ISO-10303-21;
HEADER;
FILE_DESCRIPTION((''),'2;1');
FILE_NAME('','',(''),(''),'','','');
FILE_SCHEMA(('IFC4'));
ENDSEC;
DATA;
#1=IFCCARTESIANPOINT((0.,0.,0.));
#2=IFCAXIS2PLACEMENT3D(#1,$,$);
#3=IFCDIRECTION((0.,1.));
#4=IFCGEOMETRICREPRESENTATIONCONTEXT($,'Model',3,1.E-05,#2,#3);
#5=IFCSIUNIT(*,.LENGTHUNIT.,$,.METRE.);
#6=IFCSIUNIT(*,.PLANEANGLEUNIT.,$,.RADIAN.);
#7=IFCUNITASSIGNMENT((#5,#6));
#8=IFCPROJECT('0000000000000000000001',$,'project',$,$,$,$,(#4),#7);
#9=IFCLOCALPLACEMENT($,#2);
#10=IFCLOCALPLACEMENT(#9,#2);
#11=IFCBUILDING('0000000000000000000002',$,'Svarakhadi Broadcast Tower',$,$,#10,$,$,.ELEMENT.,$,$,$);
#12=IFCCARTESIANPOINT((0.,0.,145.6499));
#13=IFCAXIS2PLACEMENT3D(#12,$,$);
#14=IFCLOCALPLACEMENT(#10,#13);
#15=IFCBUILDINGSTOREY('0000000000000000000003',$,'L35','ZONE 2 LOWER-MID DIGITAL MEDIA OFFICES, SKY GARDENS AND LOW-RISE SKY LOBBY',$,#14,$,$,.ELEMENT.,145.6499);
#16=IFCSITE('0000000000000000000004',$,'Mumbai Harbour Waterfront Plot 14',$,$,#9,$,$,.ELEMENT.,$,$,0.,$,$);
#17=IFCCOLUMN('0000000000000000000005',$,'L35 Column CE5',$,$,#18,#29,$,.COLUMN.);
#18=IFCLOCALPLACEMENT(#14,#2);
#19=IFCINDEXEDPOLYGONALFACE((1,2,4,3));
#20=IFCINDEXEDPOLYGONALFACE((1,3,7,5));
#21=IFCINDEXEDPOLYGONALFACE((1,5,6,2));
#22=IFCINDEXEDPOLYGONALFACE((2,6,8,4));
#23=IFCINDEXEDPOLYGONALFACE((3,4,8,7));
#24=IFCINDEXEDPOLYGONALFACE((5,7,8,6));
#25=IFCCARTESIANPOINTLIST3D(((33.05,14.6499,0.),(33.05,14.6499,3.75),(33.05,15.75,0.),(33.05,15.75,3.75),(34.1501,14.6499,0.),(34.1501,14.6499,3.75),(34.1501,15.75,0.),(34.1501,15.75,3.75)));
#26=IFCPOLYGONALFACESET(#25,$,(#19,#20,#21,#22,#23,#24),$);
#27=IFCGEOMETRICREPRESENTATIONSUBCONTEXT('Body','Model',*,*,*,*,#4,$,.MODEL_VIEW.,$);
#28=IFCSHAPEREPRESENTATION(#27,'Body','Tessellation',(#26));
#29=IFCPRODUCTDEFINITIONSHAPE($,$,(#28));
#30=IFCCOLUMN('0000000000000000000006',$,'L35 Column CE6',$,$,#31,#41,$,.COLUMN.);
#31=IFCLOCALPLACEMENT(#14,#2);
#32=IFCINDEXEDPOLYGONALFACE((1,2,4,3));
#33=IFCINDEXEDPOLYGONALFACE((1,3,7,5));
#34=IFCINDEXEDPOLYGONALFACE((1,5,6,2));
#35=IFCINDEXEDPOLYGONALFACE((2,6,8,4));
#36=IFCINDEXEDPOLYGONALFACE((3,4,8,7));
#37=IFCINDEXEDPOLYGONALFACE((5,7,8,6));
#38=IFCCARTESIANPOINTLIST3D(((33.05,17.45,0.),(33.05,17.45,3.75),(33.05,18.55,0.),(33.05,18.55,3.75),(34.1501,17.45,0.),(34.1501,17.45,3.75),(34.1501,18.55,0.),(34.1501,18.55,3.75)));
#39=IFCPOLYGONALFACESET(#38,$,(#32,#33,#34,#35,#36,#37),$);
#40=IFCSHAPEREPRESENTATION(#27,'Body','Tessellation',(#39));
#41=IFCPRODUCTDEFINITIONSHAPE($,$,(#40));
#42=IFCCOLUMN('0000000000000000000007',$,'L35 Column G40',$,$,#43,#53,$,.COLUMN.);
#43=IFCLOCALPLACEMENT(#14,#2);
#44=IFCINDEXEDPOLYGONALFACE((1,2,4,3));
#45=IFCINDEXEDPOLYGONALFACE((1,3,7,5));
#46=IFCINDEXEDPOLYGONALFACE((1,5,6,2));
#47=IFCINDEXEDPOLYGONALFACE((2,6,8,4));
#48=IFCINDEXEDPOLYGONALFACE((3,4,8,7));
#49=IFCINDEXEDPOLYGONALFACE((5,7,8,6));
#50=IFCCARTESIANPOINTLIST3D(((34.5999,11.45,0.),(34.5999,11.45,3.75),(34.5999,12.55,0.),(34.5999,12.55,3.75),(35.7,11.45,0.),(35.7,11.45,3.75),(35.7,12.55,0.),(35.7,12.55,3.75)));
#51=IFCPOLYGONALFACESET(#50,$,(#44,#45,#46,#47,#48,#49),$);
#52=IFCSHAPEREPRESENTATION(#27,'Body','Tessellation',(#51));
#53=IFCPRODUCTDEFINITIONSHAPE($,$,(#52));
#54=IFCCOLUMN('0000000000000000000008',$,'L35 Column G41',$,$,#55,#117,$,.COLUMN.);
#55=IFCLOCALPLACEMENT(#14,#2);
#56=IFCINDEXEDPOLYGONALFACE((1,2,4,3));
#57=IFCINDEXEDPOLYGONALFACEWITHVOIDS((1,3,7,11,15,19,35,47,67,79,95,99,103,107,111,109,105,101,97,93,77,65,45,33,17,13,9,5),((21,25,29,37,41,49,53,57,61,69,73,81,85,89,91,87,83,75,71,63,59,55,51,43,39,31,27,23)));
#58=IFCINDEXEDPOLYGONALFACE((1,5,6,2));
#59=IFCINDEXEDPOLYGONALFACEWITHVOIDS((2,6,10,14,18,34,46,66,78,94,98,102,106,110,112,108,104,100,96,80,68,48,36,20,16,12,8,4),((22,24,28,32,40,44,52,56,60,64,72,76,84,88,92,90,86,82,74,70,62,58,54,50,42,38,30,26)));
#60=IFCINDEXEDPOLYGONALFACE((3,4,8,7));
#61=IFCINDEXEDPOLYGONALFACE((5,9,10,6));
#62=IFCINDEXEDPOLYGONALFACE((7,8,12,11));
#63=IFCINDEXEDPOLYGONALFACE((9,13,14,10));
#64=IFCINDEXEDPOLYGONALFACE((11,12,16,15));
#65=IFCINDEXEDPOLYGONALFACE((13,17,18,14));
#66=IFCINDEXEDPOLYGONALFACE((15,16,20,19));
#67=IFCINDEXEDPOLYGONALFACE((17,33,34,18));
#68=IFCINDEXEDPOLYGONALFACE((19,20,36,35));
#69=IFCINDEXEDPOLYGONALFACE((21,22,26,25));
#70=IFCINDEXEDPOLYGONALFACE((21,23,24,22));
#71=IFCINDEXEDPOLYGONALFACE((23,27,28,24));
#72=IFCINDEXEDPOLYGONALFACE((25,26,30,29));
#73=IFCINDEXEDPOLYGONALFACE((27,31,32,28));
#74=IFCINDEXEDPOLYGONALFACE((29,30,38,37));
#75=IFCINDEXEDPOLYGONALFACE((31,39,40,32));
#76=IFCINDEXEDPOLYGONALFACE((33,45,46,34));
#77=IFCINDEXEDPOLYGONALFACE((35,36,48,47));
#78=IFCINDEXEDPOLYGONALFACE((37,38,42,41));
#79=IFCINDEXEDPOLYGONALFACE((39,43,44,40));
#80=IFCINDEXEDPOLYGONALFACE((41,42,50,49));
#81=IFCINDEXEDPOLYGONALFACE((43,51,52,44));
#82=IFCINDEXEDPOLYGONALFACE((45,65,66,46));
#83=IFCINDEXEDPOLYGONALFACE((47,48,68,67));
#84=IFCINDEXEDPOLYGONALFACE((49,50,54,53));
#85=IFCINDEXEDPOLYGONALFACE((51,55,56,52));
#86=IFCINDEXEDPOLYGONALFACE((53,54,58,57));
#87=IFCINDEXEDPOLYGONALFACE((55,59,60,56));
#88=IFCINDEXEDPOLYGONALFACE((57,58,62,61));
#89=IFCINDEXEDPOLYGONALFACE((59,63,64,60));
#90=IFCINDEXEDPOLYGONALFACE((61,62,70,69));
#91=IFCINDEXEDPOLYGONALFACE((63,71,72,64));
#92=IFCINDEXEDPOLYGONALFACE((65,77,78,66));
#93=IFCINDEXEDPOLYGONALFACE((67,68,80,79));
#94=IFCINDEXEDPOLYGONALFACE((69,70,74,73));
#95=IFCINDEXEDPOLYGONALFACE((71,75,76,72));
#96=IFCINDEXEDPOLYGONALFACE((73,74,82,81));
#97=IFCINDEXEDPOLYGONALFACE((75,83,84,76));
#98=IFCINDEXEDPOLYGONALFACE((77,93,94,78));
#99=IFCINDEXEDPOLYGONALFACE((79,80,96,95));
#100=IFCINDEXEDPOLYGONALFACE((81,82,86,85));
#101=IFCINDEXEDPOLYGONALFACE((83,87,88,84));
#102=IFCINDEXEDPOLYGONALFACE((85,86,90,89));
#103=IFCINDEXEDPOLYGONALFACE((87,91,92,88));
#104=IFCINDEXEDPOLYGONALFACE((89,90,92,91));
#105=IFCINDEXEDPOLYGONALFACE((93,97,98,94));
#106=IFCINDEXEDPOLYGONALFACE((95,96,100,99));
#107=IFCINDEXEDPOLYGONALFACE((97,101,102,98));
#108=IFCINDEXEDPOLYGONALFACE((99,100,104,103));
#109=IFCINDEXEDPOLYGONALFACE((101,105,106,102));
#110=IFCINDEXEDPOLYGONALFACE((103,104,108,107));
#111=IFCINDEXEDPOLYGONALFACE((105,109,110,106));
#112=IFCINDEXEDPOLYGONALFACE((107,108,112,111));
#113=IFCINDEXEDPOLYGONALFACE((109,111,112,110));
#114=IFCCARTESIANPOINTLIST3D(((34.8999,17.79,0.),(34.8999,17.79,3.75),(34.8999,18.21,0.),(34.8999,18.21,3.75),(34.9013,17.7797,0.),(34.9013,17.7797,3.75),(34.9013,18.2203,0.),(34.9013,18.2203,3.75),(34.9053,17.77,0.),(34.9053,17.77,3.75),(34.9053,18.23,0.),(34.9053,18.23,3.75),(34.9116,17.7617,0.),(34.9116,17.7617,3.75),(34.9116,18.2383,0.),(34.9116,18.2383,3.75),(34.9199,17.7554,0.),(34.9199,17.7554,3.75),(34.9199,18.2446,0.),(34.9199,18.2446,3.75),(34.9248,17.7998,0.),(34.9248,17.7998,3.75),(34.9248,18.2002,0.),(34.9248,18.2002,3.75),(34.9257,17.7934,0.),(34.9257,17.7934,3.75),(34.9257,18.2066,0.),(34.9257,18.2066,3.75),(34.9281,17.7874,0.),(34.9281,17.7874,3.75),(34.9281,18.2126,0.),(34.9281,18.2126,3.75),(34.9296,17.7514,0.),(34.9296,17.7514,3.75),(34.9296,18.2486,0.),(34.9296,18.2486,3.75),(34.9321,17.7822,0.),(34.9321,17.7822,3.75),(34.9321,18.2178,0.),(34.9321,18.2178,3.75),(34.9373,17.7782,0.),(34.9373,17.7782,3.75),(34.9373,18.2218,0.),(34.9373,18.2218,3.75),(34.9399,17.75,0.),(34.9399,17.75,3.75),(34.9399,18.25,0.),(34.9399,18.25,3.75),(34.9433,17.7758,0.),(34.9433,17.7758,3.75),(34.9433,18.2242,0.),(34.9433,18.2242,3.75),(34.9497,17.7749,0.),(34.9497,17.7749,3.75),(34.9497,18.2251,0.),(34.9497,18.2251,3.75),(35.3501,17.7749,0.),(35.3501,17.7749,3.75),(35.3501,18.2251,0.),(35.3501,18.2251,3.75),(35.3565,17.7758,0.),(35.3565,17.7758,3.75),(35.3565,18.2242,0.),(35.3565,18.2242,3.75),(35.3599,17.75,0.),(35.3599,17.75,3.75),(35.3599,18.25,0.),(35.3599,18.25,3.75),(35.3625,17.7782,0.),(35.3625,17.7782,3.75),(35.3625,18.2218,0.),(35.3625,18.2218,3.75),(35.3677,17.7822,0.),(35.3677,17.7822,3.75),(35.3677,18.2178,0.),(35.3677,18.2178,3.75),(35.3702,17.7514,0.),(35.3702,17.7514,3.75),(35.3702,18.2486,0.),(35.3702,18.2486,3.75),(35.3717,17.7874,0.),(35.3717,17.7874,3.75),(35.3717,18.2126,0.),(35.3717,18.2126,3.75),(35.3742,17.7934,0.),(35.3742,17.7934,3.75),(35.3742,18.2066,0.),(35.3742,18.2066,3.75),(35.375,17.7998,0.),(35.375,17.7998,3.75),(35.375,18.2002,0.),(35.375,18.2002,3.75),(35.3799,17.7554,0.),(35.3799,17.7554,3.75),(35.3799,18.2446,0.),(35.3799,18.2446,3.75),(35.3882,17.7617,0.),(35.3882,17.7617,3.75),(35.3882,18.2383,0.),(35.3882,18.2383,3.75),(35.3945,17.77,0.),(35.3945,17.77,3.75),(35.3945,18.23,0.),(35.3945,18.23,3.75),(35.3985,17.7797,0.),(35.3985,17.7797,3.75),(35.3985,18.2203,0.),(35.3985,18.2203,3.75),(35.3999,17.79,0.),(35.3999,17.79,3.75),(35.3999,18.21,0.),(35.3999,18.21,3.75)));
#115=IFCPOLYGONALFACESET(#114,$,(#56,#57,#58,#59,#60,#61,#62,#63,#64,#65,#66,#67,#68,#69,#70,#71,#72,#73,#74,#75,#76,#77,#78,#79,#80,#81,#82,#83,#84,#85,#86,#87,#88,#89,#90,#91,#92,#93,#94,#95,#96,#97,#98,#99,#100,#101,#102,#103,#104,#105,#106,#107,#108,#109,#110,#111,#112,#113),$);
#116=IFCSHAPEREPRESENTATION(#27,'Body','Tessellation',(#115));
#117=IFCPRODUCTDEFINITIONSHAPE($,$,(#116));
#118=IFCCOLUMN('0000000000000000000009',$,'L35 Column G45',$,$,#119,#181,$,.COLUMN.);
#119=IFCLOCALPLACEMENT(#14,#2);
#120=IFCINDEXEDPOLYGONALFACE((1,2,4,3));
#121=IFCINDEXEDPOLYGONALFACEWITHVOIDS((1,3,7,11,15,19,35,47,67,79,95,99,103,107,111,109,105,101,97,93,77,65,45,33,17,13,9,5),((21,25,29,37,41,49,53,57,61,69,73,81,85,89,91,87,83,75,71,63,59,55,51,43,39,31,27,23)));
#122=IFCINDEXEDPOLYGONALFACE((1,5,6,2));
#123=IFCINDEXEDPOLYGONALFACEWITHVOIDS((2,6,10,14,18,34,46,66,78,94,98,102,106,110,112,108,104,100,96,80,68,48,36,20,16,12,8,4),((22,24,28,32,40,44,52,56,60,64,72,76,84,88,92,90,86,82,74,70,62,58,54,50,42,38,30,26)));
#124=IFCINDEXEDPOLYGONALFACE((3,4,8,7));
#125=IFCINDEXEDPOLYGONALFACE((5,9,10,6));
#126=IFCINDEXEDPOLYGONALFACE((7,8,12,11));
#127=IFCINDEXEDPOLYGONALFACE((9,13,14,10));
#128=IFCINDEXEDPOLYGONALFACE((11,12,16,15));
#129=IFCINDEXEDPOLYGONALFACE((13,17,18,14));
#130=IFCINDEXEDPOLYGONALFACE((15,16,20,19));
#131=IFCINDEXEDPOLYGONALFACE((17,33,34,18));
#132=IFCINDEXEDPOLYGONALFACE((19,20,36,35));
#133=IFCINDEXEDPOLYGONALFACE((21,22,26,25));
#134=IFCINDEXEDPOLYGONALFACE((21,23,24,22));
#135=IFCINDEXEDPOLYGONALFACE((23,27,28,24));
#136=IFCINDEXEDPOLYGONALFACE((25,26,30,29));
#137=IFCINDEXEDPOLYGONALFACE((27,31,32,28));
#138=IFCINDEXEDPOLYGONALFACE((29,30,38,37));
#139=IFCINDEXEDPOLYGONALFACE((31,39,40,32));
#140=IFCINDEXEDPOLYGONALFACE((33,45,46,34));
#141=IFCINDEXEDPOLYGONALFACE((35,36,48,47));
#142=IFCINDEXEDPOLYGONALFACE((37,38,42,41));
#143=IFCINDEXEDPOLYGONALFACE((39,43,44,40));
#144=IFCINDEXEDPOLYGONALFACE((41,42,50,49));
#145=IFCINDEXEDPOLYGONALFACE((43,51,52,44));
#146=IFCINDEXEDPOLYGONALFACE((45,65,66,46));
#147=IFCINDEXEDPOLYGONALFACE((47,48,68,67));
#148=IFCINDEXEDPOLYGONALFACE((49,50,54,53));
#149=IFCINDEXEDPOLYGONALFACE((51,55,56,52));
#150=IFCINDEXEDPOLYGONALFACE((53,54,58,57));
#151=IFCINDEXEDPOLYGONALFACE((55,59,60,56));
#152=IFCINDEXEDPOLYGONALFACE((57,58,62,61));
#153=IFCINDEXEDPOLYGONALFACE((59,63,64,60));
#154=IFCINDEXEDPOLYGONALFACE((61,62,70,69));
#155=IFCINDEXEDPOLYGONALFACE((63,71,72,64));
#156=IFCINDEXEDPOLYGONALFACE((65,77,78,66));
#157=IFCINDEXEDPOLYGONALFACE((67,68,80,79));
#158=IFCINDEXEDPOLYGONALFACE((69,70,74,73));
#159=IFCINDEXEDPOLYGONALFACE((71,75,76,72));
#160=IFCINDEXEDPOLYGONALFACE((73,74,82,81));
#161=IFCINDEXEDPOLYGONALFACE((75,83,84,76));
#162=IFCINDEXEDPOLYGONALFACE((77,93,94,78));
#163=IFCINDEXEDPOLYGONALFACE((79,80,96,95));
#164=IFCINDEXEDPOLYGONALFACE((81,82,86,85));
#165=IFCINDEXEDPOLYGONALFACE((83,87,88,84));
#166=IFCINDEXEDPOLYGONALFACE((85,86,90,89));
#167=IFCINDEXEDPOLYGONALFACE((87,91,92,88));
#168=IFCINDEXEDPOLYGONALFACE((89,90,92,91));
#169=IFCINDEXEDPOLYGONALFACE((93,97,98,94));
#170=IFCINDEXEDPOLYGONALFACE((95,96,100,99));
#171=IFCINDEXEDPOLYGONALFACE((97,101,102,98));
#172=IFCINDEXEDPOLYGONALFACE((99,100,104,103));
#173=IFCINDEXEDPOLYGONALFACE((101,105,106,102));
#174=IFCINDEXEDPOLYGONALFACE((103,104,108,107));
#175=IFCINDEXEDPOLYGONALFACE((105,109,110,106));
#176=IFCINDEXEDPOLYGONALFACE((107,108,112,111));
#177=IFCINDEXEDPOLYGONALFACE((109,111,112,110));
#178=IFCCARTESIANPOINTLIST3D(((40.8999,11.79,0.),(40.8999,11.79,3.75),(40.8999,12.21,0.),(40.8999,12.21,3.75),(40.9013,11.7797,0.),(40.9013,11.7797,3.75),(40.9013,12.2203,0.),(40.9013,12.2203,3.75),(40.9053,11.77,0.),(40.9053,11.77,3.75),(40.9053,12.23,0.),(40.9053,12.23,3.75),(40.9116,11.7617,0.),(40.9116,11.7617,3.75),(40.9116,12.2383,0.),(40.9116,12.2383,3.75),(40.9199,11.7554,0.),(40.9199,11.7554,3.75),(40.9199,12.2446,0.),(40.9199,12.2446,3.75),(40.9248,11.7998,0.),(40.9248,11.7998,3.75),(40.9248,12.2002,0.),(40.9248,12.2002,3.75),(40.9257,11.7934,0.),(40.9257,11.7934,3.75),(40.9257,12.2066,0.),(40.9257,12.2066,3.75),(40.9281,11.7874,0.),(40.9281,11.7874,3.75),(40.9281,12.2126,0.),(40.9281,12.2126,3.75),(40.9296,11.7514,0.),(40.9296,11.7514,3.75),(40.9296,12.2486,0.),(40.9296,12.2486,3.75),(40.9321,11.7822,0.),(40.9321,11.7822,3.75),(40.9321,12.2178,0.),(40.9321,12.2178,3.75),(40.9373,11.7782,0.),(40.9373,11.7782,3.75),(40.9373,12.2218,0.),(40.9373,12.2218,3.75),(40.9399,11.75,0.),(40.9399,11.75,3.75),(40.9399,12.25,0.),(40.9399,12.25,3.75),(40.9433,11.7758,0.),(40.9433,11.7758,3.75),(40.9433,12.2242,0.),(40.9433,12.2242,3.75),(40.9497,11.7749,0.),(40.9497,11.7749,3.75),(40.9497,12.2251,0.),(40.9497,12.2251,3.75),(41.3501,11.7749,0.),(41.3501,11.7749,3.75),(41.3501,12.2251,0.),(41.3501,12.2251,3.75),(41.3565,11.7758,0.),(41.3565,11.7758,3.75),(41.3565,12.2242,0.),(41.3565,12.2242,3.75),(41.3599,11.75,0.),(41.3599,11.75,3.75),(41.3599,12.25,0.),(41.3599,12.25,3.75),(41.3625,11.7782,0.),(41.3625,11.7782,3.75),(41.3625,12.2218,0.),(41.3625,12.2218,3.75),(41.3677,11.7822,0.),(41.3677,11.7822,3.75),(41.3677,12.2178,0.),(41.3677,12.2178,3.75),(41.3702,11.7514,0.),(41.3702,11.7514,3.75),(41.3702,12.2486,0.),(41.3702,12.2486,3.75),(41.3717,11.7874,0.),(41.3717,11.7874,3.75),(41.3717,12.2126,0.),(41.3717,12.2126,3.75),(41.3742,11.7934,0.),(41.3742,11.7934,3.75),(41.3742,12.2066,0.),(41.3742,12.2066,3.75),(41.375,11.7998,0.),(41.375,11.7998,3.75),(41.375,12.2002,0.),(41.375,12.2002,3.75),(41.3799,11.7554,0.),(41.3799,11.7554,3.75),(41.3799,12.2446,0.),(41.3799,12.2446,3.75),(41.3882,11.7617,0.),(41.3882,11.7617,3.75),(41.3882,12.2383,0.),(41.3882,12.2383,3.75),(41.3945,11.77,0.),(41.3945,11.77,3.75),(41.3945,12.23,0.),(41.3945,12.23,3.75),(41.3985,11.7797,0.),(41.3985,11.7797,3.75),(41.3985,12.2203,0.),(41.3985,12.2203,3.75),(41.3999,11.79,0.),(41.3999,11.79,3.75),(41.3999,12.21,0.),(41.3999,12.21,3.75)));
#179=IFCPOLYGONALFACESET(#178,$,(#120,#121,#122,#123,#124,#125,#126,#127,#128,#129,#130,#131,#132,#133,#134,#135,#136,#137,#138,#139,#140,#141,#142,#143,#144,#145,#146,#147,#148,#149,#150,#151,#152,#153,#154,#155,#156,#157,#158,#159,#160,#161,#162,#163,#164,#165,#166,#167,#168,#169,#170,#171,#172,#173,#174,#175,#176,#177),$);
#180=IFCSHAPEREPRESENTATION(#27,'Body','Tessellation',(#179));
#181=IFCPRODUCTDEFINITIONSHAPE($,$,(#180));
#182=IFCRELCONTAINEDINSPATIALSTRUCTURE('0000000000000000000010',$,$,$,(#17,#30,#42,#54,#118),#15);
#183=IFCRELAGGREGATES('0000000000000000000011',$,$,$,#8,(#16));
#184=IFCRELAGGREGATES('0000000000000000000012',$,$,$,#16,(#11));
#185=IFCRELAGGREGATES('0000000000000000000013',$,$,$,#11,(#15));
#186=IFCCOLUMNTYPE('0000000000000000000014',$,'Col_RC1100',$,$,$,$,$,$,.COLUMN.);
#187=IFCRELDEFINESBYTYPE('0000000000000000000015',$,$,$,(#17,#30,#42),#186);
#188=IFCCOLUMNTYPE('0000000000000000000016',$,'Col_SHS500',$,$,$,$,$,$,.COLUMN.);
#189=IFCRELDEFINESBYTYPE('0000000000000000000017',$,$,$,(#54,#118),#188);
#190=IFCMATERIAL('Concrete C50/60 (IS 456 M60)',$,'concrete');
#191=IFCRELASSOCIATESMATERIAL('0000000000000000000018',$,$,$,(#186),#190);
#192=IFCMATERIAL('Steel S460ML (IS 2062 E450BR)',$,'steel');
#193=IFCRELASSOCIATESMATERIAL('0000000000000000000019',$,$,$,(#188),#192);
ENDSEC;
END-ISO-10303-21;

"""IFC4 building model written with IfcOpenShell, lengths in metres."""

from ifc_helpers import new_model, si_unit, direction, frame, origin, origin_2d, place, context, subcontext, project, spatial, rectangle, hollow_rectangle, extrude, material, material_profile, profile_set, type_object, element, save


model = new_model("IFC4")

# Units and contexts
model_context = context("Model", 3, precision=1e-05, world=origin(), true_north=direction((0.0, 1.0)))
body_context = subcontext(model_context, "Body", "Model", "MODEL_VIEW")
ifc_project = project(units=[si_unit("LENGTHUNIT", "METRE"), si_unit("PLANEANGLEUNIT", "RADIAN")], contexts=[model_context])

# Site, building, storey
site_placement = place(None, origin())
site = spatial("IfcSite", under=ifc_project, at=site_placement, Name="Mumbai Harbour Waterfront Plot 14", CompositionType="ELEMENT", RefElevation=0.0)
building_placement = place(site_placement, origin())
building = spatial("IfcBuilding", under=site, at=building_placement, Name="Svarakhadi Broadcast Tower", CompositionType="ELEMENT")
storey_placement = place(building_placement, frame((0.0, 0.0, 145.6499)))
storey = spatial("IfcBuildingStorey", under=building, at=storey_placement, Name="L35", Description="ZONE 2 LOWER-MID DIGITAL MEDIA OFFICES, SKY GARDENS AND LOW-RISE SKY LOBBY", CompositionType="ELEMENT", Elevation=145.6499)

# Columns
ifc_material_1 = material(Name="Concrete C50/60 (IS 456 M60)", Category="concrete")
ifc_material_profile_1 = material_profile(ifc_material_1, rectangle(XDim=1.1001, YDim=1.1001, at=origin_2d()), Name="RC 1100x1100")
ifc_profile_set_1 = profile_set([ifc_material_profile_1], Name="Concrete C50/60 (IS 456 M60)")
column_type_1 = type_object("IfcColumnType", Name="Col_RC1100", PredefinedType="COLUMN", material=ifc_profile_set_1)
for number, where, z_axis, x_axis, name in (
    (1, (33.6001, 15.2, 0.0), (0.0, 0.0, 1.0), (1.0, 0.0, 0.0), "L35 Column CE5"),
    (2, (33.6001, 18.0, 0.0), (0.0, 0.0, 1.0), (1.0, 0.0, 0.0), "L35 Column CE6"),
    (3, (35.1499, 12.0, 0.0), (0.0, 0.0, 1.0), (1.0, 0.0, 0.0), "L35 Column G40"),
):
    element("IfcColumn", number, at=place(storey_placement, frame(where, z_axis=z_axis, x_axis=x_axis)), inside=storey, type_object=column_type_1, Name=name, PredefinedType="COLUMN", context=body_context, shape_type="SweptSolid", body=[
        extrude(rectangle(XDim=1.1001, YDim=1.1001, at=origin_2d()), origin(), (0.0, 0.0, 1.0), 3.75),
    ])
ifc_material_2 = material(Name="Steel S460ML (IS 2062 E450BR)", Category="steel")
ifc_material_profile_2 = material_profile(ifc_material_2, hollow_rectangle(XDim=0.5, YDim=0.5, WallThickness=0.0249, InnerFilletRadius=0.0249, OuterFilletRadius=0.04, at=origin_2d()), Name="SHS 500x500x25")
ifc_profile_set_2 = profile_set([ifc_material_profile_2], Name="Steel S460ML (IS 2062 E450BR)")
column_type_2 = type_object("IfcColumnType", Name="Col_SHS500", PredefinedType="COLUMN", material=ifc_profile_set_2)
for number, where, z_axis, x_axis, name in (
    (4, (35.1499, 18.0, 0.0), (0.0, 0.0, 1.0), (1.0, 0.0, 0.0), "L35 Column G41"),
    (5, (41.1499, 12.0, 0.0), (0.0, 0.0, 1.0), (1.0, 0.0, 0.0), "L35 Column G45"),
):
    element("IfcColumn", number, at=place(storey_placement, frame(where, z_axis=z_axis, x_axis=x_axis)), inside=storey, type_object=column_type_2, Name=name, PredefinedType="COLUMN", context=body_context, shape_type="SweptSolid", body=[
        extrude(hollow_rectangle(XDim=0.5, YDim=0.5, WallThickness=0.0249, InnerFilletRadius=0.0249, OuterFilletRadius=0.04, at=origin_2d()), origin(), (0.0, 0.0, 1.0), 3.75),
    ])

save(model, "model.ifc")
